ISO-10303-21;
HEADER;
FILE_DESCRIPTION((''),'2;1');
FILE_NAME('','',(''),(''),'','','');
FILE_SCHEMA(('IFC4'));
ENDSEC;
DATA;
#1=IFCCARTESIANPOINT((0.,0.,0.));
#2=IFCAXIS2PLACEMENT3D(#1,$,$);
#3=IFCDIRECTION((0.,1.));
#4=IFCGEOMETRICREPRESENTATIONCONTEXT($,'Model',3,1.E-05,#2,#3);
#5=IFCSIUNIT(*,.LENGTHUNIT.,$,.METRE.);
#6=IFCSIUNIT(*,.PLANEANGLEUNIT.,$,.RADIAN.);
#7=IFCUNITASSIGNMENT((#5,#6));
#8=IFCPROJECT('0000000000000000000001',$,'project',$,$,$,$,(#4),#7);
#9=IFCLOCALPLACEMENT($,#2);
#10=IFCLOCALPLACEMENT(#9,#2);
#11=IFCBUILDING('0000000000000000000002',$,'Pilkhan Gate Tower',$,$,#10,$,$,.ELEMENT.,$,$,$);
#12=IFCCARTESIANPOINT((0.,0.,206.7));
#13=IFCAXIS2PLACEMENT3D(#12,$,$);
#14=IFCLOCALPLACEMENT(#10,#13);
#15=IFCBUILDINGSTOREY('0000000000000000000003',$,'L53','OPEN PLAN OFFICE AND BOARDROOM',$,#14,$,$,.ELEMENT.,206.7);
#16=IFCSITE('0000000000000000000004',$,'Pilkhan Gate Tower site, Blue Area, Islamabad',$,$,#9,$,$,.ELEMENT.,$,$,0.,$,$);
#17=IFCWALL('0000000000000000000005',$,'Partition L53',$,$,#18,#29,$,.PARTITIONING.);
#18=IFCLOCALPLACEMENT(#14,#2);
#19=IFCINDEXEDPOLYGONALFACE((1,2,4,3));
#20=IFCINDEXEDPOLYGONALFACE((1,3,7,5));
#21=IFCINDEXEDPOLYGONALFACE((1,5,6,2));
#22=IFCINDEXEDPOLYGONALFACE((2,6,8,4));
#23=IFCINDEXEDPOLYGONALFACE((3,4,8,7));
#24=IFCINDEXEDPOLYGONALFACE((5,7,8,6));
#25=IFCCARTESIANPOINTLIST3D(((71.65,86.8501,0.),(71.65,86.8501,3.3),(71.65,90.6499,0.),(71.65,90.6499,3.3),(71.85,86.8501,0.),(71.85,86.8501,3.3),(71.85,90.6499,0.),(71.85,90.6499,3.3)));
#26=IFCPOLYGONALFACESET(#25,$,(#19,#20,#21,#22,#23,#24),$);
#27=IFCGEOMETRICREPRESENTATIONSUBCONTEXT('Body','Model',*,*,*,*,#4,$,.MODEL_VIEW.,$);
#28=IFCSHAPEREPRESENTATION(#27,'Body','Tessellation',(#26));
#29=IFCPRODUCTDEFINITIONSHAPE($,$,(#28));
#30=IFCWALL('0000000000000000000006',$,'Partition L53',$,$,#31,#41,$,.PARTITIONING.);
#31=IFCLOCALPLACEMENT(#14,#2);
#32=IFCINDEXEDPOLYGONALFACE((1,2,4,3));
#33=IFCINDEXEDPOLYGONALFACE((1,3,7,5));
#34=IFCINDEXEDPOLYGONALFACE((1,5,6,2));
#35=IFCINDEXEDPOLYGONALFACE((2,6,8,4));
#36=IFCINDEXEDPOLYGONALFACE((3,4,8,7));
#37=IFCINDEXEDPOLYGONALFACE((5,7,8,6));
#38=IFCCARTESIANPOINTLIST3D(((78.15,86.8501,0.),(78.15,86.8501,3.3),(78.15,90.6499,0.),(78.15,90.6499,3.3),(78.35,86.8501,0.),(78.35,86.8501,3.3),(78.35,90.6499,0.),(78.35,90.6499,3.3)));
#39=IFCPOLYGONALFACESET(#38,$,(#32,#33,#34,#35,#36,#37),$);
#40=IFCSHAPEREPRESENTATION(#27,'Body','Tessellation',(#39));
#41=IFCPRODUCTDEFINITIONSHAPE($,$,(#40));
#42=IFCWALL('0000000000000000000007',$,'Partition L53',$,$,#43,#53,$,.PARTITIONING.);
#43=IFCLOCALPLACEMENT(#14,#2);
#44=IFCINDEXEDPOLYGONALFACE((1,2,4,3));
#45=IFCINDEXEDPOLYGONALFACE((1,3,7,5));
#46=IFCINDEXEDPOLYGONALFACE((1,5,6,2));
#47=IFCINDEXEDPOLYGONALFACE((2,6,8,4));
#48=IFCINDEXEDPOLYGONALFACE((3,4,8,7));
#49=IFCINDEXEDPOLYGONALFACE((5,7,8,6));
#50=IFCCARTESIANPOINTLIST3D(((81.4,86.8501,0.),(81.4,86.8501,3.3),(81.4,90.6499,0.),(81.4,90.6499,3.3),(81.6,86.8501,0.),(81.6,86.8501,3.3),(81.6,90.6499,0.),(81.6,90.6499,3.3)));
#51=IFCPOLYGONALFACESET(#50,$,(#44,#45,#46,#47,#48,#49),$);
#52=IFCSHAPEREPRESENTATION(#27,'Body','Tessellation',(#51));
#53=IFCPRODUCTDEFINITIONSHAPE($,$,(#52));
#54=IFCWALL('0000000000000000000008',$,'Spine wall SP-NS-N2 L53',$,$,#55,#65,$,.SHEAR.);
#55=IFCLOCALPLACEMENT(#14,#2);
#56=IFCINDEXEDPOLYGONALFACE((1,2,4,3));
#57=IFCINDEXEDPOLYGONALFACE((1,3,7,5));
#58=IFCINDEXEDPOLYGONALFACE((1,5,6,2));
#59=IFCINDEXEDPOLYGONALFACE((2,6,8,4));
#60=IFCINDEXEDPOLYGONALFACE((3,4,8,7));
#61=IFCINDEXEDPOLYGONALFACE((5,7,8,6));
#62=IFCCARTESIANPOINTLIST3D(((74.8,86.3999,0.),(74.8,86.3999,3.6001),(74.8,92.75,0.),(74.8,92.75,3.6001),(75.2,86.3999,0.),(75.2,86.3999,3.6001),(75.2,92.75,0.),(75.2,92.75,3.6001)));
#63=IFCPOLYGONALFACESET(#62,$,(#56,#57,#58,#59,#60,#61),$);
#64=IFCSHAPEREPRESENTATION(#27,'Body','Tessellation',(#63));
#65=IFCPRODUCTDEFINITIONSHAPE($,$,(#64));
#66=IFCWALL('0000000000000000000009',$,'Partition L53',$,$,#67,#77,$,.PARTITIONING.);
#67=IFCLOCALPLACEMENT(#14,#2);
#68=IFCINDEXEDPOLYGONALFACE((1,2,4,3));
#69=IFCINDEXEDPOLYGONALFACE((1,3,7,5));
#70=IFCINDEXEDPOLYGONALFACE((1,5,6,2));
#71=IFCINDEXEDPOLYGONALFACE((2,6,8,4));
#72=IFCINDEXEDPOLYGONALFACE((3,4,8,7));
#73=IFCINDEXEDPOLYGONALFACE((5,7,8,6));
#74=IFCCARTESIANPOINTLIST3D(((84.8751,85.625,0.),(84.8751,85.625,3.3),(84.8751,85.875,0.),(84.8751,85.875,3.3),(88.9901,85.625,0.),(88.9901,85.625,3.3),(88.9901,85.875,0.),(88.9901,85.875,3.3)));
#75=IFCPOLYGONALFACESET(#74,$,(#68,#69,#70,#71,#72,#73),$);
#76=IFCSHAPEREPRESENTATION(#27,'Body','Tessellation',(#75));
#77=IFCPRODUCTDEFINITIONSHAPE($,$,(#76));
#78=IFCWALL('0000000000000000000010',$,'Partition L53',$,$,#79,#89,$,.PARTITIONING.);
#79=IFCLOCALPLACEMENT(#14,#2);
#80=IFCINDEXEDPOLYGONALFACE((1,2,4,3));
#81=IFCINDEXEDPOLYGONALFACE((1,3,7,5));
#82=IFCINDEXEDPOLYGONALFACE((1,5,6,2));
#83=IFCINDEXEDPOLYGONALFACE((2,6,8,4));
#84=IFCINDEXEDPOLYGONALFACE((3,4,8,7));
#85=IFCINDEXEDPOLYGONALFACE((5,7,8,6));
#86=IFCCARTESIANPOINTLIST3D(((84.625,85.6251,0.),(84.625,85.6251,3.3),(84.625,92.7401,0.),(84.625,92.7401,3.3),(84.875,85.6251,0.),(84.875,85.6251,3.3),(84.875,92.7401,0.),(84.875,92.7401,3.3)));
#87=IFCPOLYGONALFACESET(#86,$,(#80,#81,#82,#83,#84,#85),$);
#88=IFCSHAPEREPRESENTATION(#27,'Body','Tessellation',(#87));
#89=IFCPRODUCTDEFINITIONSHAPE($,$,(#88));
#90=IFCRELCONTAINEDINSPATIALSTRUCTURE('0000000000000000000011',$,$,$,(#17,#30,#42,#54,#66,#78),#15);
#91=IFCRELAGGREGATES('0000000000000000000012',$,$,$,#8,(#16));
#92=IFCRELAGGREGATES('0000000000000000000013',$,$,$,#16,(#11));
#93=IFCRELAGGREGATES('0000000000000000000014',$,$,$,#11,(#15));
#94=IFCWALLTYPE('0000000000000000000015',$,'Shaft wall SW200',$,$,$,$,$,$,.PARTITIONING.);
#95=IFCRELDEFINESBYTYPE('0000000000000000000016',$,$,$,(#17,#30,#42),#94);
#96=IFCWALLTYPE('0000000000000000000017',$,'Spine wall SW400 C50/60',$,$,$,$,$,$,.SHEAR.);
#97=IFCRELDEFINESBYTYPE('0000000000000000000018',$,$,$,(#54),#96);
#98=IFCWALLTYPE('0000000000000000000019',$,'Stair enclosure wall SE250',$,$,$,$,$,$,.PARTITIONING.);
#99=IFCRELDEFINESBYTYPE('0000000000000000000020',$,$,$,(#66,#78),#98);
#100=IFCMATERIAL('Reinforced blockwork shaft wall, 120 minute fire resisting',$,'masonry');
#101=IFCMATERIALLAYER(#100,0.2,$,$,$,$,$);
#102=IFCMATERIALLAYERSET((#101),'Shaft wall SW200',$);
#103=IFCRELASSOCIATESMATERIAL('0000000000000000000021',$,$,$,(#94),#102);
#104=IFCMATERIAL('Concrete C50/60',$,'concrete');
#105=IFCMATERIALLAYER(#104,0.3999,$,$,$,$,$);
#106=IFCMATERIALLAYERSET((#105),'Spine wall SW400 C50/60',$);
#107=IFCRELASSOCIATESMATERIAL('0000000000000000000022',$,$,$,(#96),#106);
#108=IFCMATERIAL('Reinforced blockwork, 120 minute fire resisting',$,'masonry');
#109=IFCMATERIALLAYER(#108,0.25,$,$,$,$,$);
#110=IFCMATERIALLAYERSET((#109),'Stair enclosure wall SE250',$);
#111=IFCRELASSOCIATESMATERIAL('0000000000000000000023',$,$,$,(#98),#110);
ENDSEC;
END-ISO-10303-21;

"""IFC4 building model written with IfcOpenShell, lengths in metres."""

from ifc_helpers import new_model, si_unit, direction, frame, frame_2d, origin, place, context, subcontext, project, spatial, rectangle, extrude, material, layer, layer_set, type_object, element, save


model = new_model("IFC4")

# Units and contexts
model_context = context("Model", 3, precision=1e-05, world=origin(), true_north=direction((0.0, 1.0)))
body_context = subcontext(model_context, "Body", "Model", "MODEL_VIEW")
ifc_project = project(units=[si_unit("LENGTHUNIT", "METRE"), si_unit("PLANEANGLEUNIT", "RADIAN")], contexts=[model_context])

# Site, building, storey
site_placement = place(None, origin())
site = spatial("IfcSite", under=ifc_project, at=site_placement, Name="Pilkhan Gate Tower site, Blue Area, Islamabad", CompositionType="ELEMENT", RefElevation=0.0)
building_placement = place(site_placement, origin())
building = spatial("IfcBuilding", under=site, at=building_placement, Name="Pilkhan Gate Tower", CompositionType="ELEMENT")
storey_placement = place(building_placement, frame((0.0, 0.0, 206.7)))
storey = spatial("IfcBuildingStorey", under=building, at=storey_placement, Name="L53", Description="OPEN PLAN OFFICE AND BOARDROOM", CompositionType="ELEMENT", Elevation=206.7)

# Shared definitions
ifc_material_1 = material(Name="Reinforced blockwork shaft wall, 120 minute fire resisting", Category="masonry")
ifc_layer_1 = layer(ifc_material_1, 0.2)
ifc_layer_set_1 = layer_set([ifc_layer_1], Name="Shaft wall SW200")
wall_type_1 = type_object("IfcWallType", Name="Shaft wall SW200", PredefinedType="PARTITIONING", material=ifc_layer_set_1)

# Walls
for number, where, z_axis, x_axis, name in (
    (1, (71.75, 86.8501, 0.0), (0.0, 0.0, 1.0), (0.0, 1.0, 0.0), "Partition L53"),
    (2, (78.25, 86.8501, 0.0), (0.0, 0.0, 1.0), (0.0, 1.0, 0.0), "Partition L53"),
    (3, (81.5, 86.8501, 0.0), (0.0, 0.0, 1.0), (0.0, 1.0, 0.0), "Partition L53"),
):
    element("IfcWall", number, at=place(storey_placement, frame(where, z_axis=z_axis, x_axis=x_axis)), inside=storey, type_object=wall_type_1, Name=name, PredefinedType="PARTITIONING", context=body_context, shape_type="SweptSolid", body=[
        extrude(rectangle(XDim=3.7998, YDim=0.2, at=frame_2d((1.8999, 0.0))), origin(), (0.0, 0.0, 1.0), 3.3),
    ])
ifc_material_2 = material(Name="Concrete C50/60", Category="concrete")
ifc_layer_2 = layer(ifc_material_2, 0.3999)
ifc_layer_set_2 = layer_set([ifc_layer_2], Name="Spine wall SW400 C50/60")
wall_type_2 = type_object("IfcWallType", Name="Spine wall SW400 C50/60", PredefinedType="SHEAR", material=ifc_layer_set_2)
wall_1_placement = place(storey_placement, frame((75.0, 86.3999, 0.0), z_axis=(0.0, 0.0, 1.0), x_axis=(0.0, 1.0, 0.0)))
element("IfcWall", 4, at=wall_1_placement, inside=storey, type_object=wall_type_2, Name="Spine wall SP-NS-N2 L53", PredefinedType="SHEAR", context=body_context, shape_type="SweptSolid", body=[
    extrude(rectangle(XDim=6.3501, YDim=0.3999, at=frame_2d((3.175, 0.0))), origin(), (0.0, 0.0, 1.0), 3.6001),
])
ifc_material_3 = material(Name="Reinforced blockwork, 120 minute fire resisting", Category="masonry")
ifc_layer_3 = layer(ifc_material_3, 0.25)
ifc_layer_set_3 = layer_set([ifc_layer_3], Name="Stair enclosure wall SE250")
wall_type_3 = type_object("IfcWallType", Name="Stair enclosure wall SE250", PredefinedType="PARTITIONING", material=ifc_layer_set_3)
wall_2_placement = place(storey_placement, frame((84.875, 85.75, 0.0), z_axis=(0.0, 0.0, 1.0), x_axis=(1.0, 0.0, 0.0)))
element("IfcWall", 5, at=wall_2_placement, inside=storey, type_object=wall_type_3, Name="Partition L53", PredefinedType="PARTITIONING", context=body_context, shape_type="SweptSolid", body=[
    extrude(rectangle(XDim=4.115, YDim=0.25, at=frame_2d((2.0576, 0.0))), origin(), (0.0, 0.0, 1.0), 3.3),
])
wall_3_placement = place(storey_placement, frame((84.75, 85.625, 0.0), z_axis=(0.0, 0.0, 1.0), x_axis=(0.0, 1.0, 0.0)))
element("IfcWall", 6, at=wall_3_placement, inside=storey, type_object=wall_type_3, Name="Partition L53", PredefinedType="PARTITIONING", context=body_context, shape_type="SweptSolid", body=[
    extrude(rectangle(XDim=7.115, YDim=0.25, at=frame_2d((3.5576, 0.0))), origin(), (0.0, 0.0, 1.0), 3.3),
])

save(model, "model.ifc")
